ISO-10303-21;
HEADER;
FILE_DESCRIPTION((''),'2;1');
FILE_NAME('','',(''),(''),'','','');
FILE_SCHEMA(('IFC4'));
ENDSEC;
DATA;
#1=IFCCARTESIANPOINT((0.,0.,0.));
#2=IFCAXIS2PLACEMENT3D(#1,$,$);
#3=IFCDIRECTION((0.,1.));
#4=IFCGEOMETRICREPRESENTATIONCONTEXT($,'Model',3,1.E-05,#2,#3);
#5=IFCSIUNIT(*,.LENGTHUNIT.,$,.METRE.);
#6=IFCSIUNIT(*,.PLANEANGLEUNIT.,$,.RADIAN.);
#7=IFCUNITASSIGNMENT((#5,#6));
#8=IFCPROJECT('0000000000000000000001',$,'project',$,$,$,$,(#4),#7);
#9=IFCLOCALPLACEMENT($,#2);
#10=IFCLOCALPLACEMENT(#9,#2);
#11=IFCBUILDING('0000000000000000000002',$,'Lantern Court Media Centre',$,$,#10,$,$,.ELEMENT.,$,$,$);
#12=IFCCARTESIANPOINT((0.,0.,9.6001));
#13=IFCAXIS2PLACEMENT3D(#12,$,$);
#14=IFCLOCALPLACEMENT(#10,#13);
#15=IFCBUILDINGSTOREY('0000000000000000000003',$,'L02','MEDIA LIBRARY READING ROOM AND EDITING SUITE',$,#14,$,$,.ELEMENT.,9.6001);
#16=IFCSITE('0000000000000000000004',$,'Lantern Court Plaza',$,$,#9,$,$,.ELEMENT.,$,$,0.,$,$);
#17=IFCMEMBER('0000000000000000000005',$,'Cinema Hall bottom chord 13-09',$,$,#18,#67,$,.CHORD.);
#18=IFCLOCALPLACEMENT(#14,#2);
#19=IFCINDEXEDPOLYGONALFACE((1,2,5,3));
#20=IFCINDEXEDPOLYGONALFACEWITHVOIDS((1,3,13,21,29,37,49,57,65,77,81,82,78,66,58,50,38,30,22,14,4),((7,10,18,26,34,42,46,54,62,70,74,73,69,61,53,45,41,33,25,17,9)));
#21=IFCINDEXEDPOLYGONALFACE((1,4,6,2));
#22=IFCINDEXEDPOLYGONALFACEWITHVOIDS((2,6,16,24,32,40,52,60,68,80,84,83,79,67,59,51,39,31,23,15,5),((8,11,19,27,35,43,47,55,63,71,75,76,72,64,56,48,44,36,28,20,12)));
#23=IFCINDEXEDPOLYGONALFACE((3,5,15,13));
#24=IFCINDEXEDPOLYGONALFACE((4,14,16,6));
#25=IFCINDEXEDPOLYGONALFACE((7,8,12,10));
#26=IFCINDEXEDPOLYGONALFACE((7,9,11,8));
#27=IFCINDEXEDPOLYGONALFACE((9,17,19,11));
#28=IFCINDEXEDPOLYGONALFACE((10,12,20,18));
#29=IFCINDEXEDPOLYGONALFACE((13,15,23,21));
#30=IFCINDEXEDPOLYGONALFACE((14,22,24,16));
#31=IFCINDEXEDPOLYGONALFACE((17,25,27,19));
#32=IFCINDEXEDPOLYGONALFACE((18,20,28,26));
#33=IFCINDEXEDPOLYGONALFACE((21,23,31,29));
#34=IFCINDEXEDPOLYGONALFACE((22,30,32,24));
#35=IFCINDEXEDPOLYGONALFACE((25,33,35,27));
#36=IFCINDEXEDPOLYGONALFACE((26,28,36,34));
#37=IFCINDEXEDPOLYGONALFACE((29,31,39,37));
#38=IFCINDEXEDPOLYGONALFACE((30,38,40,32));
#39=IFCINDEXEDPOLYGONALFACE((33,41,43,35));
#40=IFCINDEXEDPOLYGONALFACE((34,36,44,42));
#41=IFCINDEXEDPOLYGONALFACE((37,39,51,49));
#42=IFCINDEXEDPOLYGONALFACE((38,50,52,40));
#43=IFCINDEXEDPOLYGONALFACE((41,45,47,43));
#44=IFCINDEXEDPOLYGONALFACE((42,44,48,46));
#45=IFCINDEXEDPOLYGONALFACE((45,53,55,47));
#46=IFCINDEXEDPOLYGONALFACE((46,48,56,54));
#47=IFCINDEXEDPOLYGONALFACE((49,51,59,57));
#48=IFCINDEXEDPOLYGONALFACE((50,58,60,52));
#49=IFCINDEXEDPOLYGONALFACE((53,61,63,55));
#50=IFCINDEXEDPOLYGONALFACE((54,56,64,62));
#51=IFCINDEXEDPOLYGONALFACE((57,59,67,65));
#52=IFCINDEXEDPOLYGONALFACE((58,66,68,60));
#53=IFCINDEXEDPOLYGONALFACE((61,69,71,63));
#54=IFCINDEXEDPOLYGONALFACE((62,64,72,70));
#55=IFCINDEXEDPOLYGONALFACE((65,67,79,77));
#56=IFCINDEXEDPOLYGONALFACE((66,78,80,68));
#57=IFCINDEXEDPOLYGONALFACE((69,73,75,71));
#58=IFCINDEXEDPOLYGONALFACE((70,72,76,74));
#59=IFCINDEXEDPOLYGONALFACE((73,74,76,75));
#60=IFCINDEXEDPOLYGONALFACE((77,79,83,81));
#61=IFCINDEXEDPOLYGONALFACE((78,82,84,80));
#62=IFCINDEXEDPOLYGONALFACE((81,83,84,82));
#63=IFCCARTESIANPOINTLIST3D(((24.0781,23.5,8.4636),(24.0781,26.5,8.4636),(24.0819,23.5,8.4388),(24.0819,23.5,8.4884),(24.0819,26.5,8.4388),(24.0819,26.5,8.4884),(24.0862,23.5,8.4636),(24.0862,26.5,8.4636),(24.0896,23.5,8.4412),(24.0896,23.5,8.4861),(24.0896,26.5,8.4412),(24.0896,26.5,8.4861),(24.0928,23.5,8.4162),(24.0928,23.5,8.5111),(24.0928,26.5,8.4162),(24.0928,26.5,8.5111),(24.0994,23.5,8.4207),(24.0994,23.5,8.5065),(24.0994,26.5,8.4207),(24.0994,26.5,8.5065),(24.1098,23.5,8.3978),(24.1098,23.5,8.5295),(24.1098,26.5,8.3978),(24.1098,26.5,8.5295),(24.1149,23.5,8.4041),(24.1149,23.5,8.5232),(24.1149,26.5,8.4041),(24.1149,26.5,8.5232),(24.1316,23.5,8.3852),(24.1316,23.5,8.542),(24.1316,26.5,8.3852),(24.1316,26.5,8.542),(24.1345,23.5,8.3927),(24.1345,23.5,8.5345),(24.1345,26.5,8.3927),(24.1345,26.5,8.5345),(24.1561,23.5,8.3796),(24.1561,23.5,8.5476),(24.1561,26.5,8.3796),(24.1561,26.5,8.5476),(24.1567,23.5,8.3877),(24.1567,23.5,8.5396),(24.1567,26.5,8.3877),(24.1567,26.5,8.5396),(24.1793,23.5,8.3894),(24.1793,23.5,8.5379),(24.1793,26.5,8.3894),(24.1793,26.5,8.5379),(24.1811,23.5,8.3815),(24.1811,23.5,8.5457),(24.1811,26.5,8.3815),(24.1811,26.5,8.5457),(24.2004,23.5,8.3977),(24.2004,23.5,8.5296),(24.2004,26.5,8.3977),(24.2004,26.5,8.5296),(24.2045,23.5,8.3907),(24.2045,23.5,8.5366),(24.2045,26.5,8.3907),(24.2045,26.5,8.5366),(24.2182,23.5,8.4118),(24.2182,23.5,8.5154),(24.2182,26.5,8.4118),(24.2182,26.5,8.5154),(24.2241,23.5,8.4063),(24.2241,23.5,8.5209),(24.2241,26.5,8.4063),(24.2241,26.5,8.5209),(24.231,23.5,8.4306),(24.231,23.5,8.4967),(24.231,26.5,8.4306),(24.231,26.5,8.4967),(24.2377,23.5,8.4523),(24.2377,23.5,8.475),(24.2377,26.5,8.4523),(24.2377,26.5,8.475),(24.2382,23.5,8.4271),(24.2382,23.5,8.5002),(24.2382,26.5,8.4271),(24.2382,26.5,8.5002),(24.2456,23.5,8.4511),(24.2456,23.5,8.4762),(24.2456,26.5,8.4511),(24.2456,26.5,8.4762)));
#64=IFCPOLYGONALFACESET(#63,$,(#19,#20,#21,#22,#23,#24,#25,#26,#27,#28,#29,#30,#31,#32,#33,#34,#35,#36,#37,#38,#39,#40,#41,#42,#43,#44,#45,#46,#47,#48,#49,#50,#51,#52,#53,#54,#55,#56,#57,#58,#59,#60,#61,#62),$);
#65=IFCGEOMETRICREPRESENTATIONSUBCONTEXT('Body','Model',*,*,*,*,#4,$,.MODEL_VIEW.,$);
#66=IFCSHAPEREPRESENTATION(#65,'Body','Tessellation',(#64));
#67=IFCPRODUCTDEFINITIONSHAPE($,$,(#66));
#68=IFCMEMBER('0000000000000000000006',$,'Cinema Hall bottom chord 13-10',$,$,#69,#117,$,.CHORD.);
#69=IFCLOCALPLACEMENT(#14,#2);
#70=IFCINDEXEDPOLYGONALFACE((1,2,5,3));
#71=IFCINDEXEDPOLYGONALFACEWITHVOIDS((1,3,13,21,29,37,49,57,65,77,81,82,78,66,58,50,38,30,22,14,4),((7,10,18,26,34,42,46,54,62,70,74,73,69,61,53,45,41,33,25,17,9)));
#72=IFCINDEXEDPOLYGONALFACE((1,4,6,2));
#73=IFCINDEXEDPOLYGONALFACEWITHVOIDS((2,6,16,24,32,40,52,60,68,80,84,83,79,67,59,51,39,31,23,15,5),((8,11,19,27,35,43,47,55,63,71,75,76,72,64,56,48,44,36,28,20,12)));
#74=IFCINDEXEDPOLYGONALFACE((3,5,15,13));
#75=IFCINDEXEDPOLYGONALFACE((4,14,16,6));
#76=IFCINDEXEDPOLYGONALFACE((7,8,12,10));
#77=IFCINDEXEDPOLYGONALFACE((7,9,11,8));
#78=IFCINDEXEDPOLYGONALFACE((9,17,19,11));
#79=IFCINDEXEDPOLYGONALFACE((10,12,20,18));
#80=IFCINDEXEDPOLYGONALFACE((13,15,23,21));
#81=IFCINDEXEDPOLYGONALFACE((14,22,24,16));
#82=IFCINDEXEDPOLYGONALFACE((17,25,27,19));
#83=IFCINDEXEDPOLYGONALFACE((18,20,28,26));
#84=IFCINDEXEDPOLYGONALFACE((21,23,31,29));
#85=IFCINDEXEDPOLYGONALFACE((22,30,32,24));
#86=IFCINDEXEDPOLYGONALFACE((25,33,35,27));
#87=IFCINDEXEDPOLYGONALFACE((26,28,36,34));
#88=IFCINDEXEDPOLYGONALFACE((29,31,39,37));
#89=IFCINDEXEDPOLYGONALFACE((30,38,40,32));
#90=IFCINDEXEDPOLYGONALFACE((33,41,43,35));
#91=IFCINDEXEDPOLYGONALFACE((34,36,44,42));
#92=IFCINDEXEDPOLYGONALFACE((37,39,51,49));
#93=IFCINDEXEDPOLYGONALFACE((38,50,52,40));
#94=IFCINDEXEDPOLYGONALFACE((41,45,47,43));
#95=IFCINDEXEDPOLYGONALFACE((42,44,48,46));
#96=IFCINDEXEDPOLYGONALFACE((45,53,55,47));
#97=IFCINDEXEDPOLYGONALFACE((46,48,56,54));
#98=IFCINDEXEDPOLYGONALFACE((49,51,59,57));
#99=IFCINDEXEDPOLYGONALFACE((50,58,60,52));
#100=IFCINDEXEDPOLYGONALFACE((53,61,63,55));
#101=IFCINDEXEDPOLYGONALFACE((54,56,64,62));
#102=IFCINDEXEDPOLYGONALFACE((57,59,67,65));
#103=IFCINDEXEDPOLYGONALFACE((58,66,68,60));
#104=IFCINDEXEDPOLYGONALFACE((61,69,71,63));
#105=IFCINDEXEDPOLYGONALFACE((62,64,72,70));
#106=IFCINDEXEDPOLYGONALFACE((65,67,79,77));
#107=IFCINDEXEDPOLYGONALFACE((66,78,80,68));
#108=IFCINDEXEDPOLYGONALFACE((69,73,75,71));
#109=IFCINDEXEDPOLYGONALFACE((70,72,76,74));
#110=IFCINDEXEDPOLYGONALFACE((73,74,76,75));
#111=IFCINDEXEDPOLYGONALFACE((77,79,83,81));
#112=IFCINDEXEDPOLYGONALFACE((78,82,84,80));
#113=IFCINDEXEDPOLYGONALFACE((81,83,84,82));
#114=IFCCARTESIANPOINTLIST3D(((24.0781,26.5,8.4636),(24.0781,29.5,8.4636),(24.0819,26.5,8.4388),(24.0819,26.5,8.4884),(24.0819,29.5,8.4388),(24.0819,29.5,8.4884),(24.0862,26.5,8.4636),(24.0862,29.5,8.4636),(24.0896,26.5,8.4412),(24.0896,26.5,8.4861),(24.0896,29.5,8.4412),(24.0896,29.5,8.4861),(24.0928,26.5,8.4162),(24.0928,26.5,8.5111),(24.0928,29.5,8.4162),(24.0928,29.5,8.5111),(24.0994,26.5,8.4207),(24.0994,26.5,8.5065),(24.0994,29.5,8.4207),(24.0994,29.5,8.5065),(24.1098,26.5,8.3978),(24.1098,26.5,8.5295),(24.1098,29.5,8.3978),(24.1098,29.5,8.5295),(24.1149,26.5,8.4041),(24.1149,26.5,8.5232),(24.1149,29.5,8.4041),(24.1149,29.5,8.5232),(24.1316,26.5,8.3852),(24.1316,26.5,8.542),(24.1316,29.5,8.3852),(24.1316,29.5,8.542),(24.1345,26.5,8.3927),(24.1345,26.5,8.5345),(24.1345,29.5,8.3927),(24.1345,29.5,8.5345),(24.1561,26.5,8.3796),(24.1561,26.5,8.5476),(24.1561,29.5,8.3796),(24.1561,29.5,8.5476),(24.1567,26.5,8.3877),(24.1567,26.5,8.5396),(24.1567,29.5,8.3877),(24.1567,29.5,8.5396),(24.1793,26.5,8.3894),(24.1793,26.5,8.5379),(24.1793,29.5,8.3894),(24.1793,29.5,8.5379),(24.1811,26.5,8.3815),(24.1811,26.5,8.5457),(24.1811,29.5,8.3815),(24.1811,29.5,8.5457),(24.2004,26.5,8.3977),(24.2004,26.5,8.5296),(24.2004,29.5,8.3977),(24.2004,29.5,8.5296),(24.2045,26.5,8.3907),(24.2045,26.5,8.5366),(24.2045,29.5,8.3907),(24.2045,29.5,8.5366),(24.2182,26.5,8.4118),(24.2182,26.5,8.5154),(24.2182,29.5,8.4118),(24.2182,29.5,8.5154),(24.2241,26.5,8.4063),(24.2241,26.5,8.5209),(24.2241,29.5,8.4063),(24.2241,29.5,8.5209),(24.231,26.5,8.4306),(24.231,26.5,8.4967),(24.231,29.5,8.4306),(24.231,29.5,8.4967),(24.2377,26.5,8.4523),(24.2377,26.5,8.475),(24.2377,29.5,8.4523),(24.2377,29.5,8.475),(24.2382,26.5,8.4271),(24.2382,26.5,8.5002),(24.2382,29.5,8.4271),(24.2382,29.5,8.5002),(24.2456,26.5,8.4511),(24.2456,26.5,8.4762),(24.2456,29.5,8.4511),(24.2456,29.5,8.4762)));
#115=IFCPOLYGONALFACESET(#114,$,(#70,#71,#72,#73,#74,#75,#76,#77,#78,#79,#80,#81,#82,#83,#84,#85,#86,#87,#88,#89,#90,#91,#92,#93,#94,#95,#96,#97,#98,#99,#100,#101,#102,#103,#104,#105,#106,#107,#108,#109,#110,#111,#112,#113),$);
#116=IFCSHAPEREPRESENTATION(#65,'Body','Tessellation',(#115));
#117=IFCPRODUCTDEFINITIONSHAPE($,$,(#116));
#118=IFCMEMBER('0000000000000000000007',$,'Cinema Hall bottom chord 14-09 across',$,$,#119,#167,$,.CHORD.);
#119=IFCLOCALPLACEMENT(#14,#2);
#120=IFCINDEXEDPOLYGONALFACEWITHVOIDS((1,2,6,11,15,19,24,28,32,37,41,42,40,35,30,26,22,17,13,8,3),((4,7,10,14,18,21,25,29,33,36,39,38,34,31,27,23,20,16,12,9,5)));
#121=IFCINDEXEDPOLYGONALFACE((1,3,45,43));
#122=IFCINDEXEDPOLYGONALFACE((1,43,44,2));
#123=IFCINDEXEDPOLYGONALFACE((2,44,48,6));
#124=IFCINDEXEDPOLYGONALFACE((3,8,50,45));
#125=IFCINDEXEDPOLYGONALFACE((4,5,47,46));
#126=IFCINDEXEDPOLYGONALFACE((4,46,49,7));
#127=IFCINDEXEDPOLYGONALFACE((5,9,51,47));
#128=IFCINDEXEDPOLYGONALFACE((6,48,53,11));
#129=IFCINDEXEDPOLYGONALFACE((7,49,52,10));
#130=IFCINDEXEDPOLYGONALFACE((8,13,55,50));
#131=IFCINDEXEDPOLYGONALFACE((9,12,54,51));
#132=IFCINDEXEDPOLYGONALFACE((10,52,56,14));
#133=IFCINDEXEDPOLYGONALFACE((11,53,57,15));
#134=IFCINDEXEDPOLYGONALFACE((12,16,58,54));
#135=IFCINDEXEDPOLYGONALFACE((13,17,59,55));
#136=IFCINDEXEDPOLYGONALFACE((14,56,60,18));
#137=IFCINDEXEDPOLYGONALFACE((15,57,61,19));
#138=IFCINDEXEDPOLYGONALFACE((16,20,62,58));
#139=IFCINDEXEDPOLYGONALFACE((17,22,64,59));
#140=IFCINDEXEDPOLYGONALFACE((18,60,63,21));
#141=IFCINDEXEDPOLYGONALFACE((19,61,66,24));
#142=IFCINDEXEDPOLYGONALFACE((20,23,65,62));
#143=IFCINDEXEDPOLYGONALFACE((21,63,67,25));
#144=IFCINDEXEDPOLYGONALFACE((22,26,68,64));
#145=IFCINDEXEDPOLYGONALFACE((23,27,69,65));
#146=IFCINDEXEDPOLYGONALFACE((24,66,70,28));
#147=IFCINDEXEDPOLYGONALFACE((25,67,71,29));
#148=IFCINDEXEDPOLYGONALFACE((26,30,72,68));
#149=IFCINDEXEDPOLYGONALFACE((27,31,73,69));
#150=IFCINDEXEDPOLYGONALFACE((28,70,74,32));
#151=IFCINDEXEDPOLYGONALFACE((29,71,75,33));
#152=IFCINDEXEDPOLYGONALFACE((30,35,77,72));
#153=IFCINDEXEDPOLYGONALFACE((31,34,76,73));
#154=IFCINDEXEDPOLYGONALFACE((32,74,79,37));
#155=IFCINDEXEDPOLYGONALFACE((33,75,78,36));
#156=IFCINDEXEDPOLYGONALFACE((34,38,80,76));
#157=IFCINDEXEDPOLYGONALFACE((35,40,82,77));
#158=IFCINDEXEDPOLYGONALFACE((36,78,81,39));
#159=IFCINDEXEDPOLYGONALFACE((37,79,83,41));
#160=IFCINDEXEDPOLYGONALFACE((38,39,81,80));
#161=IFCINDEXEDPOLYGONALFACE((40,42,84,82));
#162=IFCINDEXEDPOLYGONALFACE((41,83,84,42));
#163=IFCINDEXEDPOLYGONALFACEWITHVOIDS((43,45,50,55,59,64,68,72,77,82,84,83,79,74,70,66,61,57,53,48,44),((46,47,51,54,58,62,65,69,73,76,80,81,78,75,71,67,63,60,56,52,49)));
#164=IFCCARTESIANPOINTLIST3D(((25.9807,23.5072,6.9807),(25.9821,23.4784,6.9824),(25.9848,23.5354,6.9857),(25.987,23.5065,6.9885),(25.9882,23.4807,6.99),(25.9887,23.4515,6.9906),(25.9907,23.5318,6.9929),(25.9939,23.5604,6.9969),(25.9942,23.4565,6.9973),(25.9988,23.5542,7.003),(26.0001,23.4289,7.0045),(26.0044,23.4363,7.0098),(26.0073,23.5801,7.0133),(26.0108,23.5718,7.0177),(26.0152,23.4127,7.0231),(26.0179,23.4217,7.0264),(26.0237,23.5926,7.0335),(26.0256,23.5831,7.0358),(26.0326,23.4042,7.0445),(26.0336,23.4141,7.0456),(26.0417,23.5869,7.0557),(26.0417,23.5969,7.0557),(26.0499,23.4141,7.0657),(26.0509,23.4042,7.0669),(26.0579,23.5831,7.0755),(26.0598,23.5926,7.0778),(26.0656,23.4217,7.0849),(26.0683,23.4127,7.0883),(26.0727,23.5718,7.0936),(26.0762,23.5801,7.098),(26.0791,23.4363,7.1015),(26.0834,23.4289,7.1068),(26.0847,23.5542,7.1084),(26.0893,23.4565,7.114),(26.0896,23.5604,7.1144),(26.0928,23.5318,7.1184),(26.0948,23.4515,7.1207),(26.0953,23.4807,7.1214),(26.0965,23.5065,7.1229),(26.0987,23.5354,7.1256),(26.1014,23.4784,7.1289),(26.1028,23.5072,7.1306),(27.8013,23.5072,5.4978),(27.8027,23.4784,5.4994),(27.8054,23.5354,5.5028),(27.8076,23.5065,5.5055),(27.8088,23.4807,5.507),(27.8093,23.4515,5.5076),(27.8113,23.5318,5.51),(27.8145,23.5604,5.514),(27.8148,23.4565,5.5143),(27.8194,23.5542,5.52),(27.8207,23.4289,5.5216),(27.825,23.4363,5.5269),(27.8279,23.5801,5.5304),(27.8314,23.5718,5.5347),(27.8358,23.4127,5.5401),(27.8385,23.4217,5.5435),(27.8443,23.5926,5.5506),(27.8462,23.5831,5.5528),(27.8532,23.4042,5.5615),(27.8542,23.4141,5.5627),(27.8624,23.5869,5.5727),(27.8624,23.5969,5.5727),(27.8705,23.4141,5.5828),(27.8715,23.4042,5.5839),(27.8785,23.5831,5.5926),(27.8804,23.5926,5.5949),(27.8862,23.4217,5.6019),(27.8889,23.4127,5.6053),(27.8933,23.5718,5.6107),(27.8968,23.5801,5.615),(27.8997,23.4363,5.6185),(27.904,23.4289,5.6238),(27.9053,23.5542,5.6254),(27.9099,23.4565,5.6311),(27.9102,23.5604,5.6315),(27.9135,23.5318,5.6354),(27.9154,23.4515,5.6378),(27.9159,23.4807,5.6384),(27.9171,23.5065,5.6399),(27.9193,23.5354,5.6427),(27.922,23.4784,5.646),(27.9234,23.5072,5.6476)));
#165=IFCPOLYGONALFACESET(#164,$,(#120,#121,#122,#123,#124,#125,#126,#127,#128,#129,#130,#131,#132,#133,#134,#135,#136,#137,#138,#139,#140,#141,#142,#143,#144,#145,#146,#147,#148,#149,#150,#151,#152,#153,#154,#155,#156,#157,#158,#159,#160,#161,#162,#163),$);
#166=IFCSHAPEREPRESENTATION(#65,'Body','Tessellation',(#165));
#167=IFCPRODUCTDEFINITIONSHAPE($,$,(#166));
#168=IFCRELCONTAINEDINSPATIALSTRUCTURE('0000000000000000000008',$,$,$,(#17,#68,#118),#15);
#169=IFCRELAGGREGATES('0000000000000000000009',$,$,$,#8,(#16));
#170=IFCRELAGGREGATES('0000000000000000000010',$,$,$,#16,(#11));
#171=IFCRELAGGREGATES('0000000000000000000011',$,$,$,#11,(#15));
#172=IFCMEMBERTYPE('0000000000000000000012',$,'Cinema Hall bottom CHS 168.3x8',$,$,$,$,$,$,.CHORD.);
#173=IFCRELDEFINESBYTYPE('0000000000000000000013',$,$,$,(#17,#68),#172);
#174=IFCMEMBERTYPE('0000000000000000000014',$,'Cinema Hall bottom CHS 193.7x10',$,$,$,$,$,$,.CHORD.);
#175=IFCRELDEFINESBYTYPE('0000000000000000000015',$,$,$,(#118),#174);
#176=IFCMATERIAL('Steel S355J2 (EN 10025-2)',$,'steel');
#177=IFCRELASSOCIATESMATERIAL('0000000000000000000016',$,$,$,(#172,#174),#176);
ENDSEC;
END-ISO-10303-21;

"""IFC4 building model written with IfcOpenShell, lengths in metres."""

from ifc_helpers import new_model, si_unit, direction, frame, origin, origin_2d, place, context, subcontext, project, spatial, hollow_circle, extrude, material, material_profile, profile_set, type_object, element, save


model = new_model("IFC4")

# Units and contexts
model_context = context("Model", 3, precision=1e-05, world=origin(), true_north=direction((0.0, 1.0)))
body_context = subcontext(model_context, "Body", "Model", "MODEL_VIEW")
ifc_project = project(units=[si_unit("LENGTHUNIT", "METRE"), si_unit("PLANEANGLEUNIT", "RADIAN")], contexts=[model_context])

# Site, building, storey
site_placement = place(None, origin())
site = spatial("IfcSite", under=ifc_project, at=site_placement, Name="Lantern Court Plaza", CompositionType="ELEMENT", RefElevation=0.0)
building_placement = place(site_placement, origin())
building = spatial("IfcBuilding", under=site, at=building_placement, Name="Lantern Court Media Centre", CompositionType="ELEMENT")
storey_placement = place(building_placement, frame((0.0, 0.0, 9.6001)))
storey = spatial("IfcBuildingStorey", under=building, at=storey_placement, Name="L02", Description="MEDIA LIBRARY READING ROOM AND EDITING SUITE", CompositionType="ELEMENT", Elevation=9.6001)

# Members
ifc_material = material(Name="Steel S355J2 (EN 10025-2)", Category="steel")
ifc_material_profile_1 = material_profile(ifc_material, hollow_circle(Radius=0.0842, WallThickness=0.0081, at=origin_2d()), Name="Cinema Hall bottom CHS 168.3x8")
ifc_profile_set_1 = profile_set([ifc_material_profile_1], Name="Steel S355J2 (EN 10025-2)")
member_type_1 = type_object("IfcMemberType", Name="Cinema Hall bottom CHS 168.3x8", PredefinedType="CHORD", material=ifc_profile_set_1)
for number, where, z_axis, x_axis, name in (
    (1, (24.1624, 23.5, 8.4636), (0.0, 1.0, 0.0), (-1.0, 0.0, 0.0), "Cinema Hall bottom chord 13-09"),
    (2, (24.1624, 26.5, 8.4636), (0.0, 1.0, 0.0), (-1.0, 0.0, 0.0), "Cinema Hall bottom chord 13-10"),
):
    element("IfcMember", number, at=place(storey_placement, frame(where, z_axis=z_axis, x_axis=x_axis)), inside=storey, type_object=member_type_1, Name=name, PredefinedType="CHORD", context=body_context, shape_type="SweptSolid", body=[
        extrude(hollow_circle(Radius=0.0842, WallThickness=0.0081, at=origin_2d()), origin(), (0.0, 0.0, 1.0), 3.0),
    ])
ifc_material_profile_2 = material_profile(ifc_material, hollow_circle(Radius=0.0969, WallThickness=0.01, at=origin_2d()), Name="Cinema Hall bottom CHS 193.7x10")
ifc_profile_set_2 = profile_set([ifc_material_profile_2], Name="Steel S355J2 (EN 10025-2)")
member_type_2 = type_object("IfcMemberType", Name="Cinema Hall bottom CHS 193.7x10", PredefinedType="CHORD", material=ifc_profile_set_2)
for number, where, z_axis, x_axis, name in (
    (3, (26.0417, 23.5, 7.0557), (0.775341, 0.0, -0.631543), (0.0, 1.0, 0.0), "Cinema Hall bottom chord 14-09 across"),
):
    element("IfcMember", number, at=place(storey_placement, frame(where, z_axis=z_axis, x_axis=x_axis)), inside=storey, type_object=member_type_2, Name=name, PredefinedType="CHORD", context=body_context, shape_type="SweptSolid", body=[
        extrude(hollow_circle(Radius=0.0969, WallThickness=0.01, at=origin_2d()), origin(), (0.0, 0.0, 1.0), 2.3481),
    ])

save(model, "model.ifc")
